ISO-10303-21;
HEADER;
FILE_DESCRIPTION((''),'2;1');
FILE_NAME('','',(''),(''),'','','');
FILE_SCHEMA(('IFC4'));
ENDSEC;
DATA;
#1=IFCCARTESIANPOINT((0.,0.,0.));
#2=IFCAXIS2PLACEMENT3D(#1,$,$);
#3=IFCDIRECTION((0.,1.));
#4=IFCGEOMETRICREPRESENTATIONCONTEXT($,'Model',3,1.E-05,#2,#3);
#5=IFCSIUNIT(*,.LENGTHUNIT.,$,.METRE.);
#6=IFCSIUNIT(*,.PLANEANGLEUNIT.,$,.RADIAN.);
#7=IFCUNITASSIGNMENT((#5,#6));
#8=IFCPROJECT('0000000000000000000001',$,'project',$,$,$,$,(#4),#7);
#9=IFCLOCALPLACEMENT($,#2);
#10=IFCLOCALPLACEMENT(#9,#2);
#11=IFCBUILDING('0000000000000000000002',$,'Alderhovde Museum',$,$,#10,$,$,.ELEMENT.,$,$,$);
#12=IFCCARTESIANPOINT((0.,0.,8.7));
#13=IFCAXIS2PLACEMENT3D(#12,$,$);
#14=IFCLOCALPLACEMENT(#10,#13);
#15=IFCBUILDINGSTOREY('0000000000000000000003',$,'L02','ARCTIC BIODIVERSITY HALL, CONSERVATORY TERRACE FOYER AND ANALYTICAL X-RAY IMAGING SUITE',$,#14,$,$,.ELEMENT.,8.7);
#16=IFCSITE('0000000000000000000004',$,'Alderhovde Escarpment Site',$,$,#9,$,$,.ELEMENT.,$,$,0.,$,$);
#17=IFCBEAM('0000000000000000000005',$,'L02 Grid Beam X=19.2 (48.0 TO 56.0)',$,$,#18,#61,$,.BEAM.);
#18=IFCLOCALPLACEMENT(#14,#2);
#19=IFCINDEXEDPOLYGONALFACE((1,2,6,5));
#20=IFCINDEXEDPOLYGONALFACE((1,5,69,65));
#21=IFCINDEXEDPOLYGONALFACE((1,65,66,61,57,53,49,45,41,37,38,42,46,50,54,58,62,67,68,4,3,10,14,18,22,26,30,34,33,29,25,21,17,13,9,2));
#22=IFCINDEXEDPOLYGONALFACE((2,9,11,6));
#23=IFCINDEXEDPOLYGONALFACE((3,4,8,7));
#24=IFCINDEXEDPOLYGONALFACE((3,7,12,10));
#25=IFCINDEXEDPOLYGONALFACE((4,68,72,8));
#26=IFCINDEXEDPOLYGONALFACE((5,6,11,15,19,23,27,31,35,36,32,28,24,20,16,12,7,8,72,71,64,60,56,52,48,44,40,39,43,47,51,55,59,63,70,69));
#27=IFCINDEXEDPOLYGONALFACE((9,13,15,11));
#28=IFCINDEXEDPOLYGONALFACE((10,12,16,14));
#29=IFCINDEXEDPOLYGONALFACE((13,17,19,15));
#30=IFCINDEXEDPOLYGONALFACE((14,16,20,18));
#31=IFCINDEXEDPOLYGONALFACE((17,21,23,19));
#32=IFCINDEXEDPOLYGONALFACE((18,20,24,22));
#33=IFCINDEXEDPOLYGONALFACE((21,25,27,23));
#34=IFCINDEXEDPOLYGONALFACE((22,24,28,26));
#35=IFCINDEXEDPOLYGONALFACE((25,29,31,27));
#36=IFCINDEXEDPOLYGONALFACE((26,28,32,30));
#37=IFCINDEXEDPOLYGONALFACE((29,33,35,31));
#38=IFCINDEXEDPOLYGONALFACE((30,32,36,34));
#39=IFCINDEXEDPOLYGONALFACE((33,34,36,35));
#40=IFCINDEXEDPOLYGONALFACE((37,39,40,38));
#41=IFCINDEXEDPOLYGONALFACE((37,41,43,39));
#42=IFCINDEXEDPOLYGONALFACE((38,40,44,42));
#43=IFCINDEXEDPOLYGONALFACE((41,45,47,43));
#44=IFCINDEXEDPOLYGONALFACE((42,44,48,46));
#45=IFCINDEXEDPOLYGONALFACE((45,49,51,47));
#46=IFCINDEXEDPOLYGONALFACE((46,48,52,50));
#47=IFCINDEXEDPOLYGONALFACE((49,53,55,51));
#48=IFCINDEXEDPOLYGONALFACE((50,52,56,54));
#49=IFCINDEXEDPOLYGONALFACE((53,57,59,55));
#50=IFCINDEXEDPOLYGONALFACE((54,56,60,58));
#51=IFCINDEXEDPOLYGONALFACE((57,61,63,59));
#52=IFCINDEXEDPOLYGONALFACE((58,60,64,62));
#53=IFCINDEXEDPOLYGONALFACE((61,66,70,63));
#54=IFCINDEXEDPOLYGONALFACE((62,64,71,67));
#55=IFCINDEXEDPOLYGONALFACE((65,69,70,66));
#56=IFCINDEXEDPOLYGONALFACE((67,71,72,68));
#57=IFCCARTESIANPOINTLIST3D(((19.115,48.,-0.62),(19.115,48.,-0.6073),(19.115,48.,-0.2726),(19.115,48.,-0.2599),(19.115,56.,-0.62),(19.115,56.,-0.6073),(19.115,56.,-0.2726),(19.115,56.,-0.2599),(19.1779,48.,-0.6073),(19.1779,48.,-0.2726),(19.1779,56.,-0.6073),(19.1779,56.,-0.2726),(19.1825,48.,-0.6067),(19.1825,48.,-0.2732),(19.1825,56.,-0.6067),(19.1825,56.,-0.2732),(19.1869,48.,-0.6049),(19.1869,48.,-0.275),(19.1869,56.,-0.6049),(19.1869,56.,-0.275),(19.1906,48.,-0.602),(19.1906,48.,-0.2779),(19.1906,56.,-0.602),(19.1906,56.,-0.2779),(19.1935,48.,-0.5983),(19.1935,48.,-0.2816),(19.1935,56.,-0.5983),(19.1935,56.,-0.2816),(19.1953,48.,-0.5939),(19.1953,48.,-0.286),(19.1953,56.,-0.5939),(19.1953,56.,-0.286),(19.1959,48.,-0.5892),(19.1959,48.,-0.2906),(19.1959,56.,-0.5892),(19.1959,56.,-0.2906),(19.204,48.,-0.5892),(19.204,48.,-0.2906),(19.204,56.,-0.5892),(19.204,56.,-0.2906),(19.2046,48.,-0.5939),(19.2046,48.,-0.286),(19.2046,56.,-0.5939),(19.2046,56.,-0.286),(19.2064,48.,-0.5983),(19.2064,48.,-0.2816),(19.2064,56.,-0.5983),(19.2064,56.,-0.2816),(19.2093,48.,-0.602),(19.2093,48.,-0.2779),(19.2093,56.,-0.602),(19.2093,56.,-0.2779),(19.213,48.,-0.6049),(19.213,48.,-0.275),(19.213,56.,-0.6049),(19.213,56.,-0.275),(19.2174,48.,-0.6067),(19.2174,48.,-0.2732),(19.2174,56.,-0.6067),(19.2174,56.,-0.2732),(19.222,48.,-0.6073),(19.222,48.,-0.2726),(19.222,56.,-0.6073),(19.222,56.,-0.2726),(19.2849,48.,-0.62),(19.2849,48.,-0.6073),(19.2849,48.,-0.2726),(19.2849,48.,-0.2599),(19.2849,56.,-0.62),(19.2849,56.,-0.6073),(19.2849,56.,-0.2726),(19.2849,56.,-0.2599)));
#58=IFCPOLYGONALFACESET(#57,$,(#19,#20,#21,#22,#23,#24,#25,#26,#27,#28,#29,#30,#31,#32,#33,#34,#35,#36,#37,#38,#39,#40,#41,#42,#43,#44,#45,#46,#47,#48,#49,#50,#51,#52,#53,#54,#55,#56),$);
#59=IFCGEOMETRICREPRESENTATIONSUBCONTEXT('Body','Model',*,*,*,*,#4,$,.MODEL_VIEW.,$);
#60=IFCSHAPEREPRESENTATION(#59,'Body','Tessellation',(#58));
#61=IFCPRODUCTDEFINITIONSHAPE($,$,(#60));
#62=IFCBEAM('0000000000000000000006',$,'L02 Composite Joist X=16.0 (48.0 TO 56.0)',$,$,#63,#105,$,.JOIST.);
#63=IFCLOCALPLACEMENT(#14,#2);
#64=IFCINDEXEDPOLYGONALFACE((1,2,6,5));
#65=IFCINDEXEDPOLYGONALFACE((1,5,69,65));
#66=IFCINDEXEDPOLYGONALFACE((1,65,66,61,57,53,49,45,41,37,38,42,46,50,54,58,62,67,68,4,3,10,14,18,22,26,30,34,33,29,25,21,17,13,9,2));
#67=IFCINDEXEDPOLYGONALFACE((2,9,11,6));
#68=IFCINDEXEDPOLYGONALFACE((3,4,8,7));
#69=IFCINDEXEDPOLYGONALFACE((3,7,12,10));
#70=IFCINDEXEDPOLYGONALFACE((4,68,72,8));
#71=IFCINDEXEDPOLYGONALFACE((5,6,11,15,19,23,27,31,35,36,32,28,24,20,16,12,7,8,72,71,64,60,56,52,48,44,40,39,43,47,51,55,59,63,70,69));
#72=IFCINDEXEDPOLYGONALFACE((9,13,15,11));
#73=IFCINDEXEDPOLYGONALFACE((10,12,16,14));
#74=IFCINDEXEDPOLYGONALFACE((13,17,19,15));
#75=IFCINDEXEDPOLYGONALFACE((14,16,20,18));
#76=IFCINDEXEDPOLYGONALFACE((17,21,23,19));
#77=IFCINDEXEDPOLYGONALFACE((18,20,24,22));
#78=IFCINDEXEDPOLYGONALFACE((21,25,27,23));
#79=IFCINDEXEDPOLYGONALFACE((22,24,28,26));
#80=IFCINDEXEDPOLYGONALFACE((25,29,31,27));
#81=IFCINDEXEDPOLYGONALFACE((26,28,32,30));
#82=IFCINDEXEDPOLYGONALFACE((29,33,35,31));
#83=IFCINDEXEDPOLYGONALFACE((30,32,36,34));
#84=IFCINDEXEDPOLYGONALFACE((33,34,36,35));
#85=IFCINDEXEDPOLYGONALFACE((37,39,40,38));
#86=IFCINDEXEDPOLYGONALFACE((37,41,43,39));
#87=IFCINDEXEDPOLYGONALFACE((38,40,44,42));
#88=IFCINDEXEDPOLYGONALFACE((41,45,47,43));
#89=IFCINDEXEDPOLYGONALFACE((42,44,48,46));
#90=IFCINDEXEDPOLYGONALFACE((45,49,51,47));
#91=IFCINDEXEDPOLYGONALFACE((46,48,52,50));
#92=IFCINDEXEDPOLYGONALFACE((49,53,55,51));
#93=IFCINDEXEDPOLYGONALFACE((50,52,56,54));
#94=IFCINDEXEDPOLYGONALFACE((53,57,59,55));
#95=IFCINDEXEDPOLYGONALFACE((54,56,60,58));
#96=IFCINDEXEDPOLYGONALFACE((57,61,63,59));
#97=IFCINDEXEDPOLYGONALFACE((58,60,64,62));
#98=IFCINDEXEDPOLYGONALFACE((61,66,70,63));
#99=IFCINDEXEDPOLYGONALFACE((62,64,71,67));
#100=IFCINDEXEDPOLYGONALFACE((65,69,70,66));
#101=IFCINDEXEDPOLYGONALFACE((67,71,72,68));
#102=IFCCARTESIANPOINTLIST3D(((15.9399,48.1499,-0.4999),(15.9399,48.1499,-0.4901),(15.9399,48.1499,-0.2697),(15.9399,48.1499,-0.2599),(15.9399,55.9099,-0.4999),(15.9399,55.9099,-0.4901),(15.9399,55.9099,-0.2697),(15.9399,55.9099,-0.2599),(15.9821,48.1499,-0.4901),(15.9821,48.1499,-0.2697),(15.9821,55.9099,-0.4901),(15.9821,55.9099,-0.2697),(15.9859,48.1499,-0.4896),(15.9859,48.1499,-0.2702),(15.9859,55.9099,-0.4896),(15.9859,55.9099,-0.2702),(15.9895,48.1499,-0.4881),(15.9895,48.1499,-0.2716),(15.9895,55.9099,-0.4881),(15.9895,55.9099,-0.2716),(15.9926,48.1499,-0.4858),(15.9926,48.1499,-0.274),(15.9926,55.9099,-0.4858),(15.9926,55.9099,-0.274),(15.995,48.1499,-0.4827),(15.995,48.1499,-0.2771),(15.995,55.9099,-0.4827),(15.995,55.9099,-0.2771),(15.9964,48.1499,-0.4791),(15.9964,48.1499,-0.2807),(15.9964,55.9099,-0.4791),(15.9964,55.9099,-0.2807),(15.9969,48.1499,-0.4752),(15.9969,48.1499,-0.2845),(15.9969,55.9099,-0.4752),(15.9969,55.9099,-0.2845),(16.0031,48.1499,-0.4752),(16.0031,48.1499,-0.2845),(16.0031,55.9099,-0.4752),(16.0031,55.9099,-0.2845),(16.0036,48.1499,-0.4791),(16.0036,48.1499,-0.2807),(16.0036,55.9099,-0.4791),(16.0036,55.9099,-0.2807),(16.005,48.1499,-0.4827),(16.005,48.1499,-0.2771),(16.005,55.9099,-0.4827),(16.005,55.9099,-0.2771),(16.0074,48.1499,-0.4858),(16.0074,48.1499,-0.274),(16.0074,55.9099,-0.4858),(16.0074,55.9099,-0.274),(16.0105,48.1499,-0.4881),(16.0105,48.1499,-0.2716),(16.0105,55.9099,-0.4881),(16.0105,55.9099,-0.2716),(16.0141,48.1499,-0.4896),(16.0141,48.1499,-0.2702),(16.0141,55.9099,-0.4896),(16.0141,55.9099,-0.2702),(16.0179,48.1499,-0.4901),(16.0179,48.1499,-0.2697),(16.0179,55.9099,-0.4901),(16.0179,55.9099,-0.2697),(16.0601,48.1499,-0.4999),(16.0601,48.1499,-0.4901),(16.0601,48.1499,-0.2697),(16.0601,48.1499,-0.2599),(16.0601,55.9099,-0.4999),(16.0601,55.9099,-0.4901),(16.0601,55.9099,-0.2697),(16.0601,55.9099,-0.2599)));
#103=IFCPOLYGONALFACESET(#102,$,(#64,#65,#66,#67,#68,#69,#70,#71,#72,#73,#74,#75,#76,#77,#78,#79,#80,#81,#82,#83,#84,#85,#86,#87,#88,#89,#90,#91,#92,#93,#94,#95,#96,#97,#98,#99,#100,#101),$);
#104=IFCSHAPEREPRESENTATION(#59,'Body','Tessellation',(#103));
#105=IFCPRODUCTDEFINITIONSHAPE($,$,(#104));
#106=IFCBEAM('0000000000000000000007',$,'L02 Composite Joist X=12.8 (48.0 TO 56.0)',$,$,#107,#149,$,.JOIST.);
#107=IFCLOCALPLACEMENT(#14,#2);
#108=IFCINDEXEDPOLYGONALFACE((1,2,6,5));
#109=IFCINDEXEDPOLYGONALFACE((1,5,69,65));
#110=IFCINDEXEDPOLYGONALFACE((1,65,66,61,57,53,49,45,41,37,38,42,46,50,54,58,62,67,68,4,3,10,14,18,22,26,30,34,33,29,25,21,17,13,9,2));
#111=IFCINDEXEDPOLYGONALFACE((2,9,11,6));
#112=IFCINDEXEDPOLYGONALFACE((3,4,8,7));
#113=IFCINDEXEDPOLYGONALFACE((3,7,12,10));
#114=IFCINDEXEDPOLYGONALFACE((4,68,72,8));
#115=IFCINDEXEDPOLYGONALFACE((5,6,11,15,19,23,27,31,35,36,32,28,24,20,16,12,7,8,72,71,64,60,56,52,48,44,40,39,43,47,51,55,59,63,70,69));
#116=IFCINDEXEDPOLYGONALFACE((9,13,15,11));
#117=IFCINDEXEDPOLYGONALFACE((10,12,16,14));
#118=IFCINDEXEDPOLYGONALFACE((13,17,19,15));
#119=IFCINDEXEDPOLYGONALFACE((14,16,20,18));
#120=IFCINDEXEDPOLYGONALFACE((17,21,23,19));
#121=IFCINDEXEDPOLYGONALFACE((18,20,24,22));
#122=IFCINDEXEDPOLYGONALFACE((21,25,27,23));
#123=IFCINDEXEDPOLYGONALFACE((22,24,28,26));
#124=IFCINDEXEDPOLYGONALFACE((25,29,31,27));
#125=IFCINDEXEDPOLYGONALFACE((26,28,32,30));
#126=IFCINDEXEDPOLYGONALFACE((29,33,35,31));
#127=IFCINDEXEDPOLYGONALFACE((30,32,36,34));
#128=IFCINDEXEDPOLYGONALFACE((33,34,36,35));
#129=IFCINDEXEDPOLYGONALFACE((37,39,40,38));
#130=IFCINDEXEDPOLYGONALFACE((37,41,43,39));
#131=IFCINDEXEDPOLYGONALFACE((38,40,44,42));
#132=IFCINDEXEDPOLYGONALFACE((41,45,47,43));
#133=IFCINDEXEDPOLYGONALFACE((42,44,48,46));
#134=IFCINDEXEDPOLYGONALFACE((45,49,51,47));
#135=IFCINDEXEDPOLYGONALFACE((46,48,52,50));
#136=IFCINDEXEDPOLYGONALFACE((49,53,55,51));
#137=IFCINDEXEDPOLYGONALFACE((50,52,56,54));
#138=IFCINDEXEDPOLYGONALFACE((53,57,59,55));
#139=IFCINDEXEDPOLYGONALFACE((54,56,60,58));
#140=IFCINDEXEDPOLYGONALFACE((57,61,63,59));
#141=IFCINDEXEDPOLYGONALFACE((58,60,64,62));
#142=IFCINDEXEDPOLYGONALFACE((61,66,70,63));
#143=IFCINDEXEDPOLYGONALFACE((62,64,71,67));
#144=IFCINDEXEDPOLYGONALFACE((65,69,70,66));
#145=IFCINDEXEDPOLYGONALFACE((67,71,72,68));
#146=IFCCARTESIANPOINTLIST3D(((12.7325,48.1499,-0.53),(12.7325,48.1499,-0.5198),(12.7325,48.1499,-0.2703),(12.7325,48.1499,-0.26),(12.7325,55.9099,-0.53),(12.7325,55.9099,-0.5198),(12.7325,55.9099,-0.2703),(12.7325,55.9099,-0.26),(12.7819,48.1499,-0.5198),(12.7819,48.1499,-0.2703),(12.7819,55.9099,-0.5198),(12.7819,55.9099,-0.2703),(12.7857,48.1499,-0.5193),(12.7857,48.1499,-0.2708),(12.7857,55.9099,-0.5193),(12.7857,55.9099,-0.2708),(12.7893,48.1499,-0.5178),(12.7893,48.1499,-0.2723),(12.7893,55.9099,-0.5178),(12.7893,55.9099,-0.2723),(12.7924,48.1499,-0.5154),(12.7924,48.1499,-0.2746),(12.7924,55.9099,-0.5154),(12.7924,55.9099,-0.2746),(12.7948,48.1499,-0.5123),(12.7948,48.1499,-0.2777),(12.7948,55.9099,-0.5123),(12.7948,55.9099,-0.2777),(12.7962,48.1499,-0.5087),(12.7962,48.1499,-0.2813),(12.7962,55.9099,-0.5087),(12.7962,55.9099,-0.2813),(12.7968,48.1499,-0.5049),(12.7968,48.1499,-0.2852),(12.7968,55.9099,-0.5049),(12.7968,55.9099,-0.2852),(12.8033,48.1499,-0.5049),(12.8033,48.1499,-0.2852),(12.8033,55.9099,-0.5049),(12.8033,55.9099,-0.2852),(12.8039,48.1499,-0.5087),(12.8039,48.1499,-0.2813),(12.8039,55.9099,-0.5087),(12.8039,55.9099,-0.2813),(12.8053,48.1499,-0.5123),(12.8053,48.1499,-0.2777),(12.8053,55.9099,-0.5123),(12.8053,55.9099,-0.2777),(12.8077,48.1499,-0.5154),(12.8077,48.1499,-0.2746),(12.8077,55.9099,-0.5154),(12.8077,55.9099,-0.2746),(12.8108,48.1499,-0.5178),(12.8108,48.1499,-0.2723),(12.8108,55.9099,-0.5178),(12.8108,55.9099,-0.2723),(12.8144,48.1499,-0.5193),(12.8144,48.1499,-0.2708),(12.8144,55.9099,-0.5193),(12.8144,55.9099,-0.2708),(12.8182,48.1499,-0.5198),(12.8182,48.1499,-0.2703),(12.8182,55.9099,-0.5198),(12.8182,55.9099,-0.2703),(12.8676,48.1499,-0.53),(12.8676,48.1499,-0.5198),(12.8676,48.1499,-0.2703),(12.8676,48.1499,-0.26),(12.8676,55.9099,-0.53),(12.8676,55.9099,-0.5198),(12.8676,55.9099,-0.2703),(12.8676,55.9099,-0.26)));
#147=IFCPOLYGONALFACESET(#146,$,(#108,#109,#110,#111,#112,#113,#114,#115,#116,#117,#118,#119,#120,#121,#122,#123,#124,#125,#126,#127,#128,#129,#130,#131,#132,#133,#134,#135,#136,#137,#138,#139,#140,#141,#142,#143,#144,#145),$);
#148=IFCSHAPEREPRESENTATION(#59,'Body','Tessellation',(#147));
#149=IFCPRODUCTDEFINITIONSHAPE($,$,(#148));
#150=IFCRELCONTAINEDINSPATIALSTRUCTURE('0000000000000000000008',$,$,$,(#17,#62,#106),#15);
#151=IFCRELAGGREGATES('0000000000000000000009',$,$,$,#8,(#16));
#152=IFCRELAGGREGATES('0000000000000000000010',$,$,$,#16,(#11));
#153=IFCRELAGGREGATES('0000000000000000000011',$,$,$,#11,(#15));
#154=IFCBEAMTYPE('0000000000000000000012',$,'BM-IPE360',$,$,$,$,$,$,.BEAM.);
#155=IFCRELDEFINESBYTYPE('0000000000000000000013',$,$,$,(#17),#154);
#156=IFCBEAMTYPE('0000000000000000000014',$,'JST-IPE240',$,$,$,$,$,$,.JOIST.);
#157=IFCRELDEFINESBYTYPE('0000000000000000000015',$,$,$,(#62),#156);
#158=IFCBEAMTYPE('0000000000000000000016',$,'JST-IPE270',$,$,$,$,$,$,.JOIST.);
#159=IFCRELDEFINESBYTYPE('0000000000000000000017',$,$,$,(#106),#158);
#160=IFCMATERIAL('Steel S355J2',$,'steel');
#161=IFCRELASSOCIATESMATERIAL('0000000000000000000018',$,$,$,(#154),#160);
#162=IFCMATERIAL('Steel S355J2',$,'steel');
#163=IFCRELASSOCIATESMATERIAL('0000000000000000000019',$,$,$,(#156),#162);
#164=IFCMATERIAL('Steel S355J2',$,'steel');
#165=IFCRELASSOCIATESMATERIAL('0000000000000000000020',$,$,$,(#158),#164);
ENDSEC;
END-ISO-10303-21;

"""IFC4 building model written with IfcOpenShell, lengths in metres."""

from ifc_helpers import new_model, si_unit, direction, frame, origin, origin_2d, place, context, subcontext, project, spatial, i_section, extrude, material, material_profile, profile_set, type_object, element, save


model = new_model("IFC4")

# Units and contexts
model_context = context("Model", 3, precision=1e-05, world=origin(), true_north=direction((0.0, 1.0)))
body_context = subcontext(model_context, "Body", "Model", "MODEL_VIEW")
ifc_project = project(units=[si_unit("LENGTHUNIT", "METRE"), si_unit("PLANEANGLEUNIT", "RADIAN")], contexts=[model_context])

# Site, building, storey
site_placement = place(None, origin())
site = spatial("IfcSite", under=ifc_project, at=site_placement, Name="Alderhovde Escarpment Site", CompositionType="ELEMENT", RefElevation=0.0)
building_placement = place(site_placement, origin())
building = spatial("IfcBuilding", under=site, at=building_placement, Name="Alderhovde Museum", CompositionType="ELEMENT")
storey_placement = place(building_placement, frame((0.0, 0.0, 8.7)))
storey = spatial("IfcBuildingStorey", under=building, at=storey_placement, Name="L02", Description="ARCTIC BIODIVERSITY HALL, CONSERVATORY TERRACE FOYER AND ANALYTICAL X-RAY IMAGING SUITE", CompositionType="ELEMENT", Elevation=8.7)

# Beams
ifc_material_1 = material(Name="Steel S355J2", Category="steel")
ifc_material_profile_1 = material_profile(ifc_material_1, i_section(OverallWidth=0.1699, OverallDepth=0.3601, WebThickness=0.0081, FlangeThickness=0.0127, FilletRadius=0.0181, at=origin_2d()), Name="IPE 360")
ifc_profile_set_1 = profile_set([ifc_material_profile_1], Name="Steel S355J2")
beam_type_1 = type_object("IfcBeamType", Name="BM-IPE360", PredefinedType="BEAM", material=ifc_profile_set_1)
for number, where, z_axis, x_axis, name in (
    (1, (19.2, 48.0, -0.4399), (0.0, 1.0, 0.0), (-1.0, 0.0, 0.0), "L02 Grid Beam X=19.2 (48.0 TO 56.0)"),
):
    element("IfcBeam", number, at=place(storey_placement, frame(where, z_axis=z_axis, x_axis=x_axis)), inside=storey, type_object=beam_type_1, Name=name, PredefinedType="BEAM", context=body_context, shape_type="SweptSolid", body=[
        extrude(i_section(OverallWidth=0.1699, OverallDepth=0.3601, WebThickness=0.0081, FlangeThickness=0.0127, FilletRadius=0.0181, at=origin_2d()), origin(), (0.0, 0.0, 1.0), 8.0),
    ])
ifc_material_2 = material(Name="Steel S355J2", Category="steel")
ifc_material_profile_2 = material_profile(ifc_material_2, i_section(OverallWidth=0.1201, OverallDepth=0.24, WebThickness=0.0061, FlangeThickness=0.0098, FilletRadius=0.0149, at=origin_2d()), Name="IPE 240")
ifc_profile_set_2 = profile_set([ifc_material_profile_2], Name="Steel S355J2")
beam_type_2 = type_object("IfcBeamType", Name="JST-IPE240", PredefinedType="JOIST", material=ifc_profile_set_2)
beam_1_placement = place(storey_placement, frame((16.0, 48.1499, -0.3799), z_axis=(0.0, 1.0, 0.0), x_axis=(-1.0, 0.0, 0.0)))
element("IfcBeam", 2, at=beam_1_placement, inside=storey, type_object=beam_type_2, Name="L02 Composite Joist X=16.0 (48.0 TO 56.0)", PredefinedType="JOIST", context=body_context, shape_type="SweptSolid", body=[
    extrude(i_section(OverallWidth=0.1201, OverallDepth=0.24, WebThickness=0.0061, FlangeThickness=0.0098, FilletRadius=0.0149, at=origin_2d()), origin(), (0.0, 0.0, 1.0), 7.76),
])
ifc_material_3 = material(Name="Steel S355J2", Category="steel")
ifc_material_profile_3 = material_profile(ifc_material_3, i_section(OverallWidth=0.135, OverallDepth=0.27, WebThickness=0.0066, FlangeThickness=0.0103, FilletRadius=0.0149, at=origin_2d()), Name="IPE 270")
ifc_profile_set_3 = profile_set([ifc_material_profile_3], Name="Steel S355J2")
beam_type_3 = type_object("IfcBeamType", Name="JST-IPE270", PredefinedType="JOIST", material=ifc_profile_set_3)
beam_2_placement = place(storey_placement, frame((12.8, 48.1499, -0.395), z_axis=(0.0, 1.0, 0.0), x_axis=(-1.0, 0.0, 0.0)))
element("IfcBeam", 3, at=beam_2_placement, inside=storey, type_object=beam_type_3, Name="L02 Composite Joist X=12.8 (48.0 TO 56.0)", PredefinedType="JOIST", context=body_context, shape_type="SweptSolid", body=[
    extrude(i_section(OverallWidth=0.135, OverallDepth=0.27, WebThickness=0.0066, FlangeThickness=0.0103, FilletRadius=0.0149, at=origin_2d()), origin(), (0.0, 0.0, 1.0), 7.76),
])

save(model, "model.ifc")
